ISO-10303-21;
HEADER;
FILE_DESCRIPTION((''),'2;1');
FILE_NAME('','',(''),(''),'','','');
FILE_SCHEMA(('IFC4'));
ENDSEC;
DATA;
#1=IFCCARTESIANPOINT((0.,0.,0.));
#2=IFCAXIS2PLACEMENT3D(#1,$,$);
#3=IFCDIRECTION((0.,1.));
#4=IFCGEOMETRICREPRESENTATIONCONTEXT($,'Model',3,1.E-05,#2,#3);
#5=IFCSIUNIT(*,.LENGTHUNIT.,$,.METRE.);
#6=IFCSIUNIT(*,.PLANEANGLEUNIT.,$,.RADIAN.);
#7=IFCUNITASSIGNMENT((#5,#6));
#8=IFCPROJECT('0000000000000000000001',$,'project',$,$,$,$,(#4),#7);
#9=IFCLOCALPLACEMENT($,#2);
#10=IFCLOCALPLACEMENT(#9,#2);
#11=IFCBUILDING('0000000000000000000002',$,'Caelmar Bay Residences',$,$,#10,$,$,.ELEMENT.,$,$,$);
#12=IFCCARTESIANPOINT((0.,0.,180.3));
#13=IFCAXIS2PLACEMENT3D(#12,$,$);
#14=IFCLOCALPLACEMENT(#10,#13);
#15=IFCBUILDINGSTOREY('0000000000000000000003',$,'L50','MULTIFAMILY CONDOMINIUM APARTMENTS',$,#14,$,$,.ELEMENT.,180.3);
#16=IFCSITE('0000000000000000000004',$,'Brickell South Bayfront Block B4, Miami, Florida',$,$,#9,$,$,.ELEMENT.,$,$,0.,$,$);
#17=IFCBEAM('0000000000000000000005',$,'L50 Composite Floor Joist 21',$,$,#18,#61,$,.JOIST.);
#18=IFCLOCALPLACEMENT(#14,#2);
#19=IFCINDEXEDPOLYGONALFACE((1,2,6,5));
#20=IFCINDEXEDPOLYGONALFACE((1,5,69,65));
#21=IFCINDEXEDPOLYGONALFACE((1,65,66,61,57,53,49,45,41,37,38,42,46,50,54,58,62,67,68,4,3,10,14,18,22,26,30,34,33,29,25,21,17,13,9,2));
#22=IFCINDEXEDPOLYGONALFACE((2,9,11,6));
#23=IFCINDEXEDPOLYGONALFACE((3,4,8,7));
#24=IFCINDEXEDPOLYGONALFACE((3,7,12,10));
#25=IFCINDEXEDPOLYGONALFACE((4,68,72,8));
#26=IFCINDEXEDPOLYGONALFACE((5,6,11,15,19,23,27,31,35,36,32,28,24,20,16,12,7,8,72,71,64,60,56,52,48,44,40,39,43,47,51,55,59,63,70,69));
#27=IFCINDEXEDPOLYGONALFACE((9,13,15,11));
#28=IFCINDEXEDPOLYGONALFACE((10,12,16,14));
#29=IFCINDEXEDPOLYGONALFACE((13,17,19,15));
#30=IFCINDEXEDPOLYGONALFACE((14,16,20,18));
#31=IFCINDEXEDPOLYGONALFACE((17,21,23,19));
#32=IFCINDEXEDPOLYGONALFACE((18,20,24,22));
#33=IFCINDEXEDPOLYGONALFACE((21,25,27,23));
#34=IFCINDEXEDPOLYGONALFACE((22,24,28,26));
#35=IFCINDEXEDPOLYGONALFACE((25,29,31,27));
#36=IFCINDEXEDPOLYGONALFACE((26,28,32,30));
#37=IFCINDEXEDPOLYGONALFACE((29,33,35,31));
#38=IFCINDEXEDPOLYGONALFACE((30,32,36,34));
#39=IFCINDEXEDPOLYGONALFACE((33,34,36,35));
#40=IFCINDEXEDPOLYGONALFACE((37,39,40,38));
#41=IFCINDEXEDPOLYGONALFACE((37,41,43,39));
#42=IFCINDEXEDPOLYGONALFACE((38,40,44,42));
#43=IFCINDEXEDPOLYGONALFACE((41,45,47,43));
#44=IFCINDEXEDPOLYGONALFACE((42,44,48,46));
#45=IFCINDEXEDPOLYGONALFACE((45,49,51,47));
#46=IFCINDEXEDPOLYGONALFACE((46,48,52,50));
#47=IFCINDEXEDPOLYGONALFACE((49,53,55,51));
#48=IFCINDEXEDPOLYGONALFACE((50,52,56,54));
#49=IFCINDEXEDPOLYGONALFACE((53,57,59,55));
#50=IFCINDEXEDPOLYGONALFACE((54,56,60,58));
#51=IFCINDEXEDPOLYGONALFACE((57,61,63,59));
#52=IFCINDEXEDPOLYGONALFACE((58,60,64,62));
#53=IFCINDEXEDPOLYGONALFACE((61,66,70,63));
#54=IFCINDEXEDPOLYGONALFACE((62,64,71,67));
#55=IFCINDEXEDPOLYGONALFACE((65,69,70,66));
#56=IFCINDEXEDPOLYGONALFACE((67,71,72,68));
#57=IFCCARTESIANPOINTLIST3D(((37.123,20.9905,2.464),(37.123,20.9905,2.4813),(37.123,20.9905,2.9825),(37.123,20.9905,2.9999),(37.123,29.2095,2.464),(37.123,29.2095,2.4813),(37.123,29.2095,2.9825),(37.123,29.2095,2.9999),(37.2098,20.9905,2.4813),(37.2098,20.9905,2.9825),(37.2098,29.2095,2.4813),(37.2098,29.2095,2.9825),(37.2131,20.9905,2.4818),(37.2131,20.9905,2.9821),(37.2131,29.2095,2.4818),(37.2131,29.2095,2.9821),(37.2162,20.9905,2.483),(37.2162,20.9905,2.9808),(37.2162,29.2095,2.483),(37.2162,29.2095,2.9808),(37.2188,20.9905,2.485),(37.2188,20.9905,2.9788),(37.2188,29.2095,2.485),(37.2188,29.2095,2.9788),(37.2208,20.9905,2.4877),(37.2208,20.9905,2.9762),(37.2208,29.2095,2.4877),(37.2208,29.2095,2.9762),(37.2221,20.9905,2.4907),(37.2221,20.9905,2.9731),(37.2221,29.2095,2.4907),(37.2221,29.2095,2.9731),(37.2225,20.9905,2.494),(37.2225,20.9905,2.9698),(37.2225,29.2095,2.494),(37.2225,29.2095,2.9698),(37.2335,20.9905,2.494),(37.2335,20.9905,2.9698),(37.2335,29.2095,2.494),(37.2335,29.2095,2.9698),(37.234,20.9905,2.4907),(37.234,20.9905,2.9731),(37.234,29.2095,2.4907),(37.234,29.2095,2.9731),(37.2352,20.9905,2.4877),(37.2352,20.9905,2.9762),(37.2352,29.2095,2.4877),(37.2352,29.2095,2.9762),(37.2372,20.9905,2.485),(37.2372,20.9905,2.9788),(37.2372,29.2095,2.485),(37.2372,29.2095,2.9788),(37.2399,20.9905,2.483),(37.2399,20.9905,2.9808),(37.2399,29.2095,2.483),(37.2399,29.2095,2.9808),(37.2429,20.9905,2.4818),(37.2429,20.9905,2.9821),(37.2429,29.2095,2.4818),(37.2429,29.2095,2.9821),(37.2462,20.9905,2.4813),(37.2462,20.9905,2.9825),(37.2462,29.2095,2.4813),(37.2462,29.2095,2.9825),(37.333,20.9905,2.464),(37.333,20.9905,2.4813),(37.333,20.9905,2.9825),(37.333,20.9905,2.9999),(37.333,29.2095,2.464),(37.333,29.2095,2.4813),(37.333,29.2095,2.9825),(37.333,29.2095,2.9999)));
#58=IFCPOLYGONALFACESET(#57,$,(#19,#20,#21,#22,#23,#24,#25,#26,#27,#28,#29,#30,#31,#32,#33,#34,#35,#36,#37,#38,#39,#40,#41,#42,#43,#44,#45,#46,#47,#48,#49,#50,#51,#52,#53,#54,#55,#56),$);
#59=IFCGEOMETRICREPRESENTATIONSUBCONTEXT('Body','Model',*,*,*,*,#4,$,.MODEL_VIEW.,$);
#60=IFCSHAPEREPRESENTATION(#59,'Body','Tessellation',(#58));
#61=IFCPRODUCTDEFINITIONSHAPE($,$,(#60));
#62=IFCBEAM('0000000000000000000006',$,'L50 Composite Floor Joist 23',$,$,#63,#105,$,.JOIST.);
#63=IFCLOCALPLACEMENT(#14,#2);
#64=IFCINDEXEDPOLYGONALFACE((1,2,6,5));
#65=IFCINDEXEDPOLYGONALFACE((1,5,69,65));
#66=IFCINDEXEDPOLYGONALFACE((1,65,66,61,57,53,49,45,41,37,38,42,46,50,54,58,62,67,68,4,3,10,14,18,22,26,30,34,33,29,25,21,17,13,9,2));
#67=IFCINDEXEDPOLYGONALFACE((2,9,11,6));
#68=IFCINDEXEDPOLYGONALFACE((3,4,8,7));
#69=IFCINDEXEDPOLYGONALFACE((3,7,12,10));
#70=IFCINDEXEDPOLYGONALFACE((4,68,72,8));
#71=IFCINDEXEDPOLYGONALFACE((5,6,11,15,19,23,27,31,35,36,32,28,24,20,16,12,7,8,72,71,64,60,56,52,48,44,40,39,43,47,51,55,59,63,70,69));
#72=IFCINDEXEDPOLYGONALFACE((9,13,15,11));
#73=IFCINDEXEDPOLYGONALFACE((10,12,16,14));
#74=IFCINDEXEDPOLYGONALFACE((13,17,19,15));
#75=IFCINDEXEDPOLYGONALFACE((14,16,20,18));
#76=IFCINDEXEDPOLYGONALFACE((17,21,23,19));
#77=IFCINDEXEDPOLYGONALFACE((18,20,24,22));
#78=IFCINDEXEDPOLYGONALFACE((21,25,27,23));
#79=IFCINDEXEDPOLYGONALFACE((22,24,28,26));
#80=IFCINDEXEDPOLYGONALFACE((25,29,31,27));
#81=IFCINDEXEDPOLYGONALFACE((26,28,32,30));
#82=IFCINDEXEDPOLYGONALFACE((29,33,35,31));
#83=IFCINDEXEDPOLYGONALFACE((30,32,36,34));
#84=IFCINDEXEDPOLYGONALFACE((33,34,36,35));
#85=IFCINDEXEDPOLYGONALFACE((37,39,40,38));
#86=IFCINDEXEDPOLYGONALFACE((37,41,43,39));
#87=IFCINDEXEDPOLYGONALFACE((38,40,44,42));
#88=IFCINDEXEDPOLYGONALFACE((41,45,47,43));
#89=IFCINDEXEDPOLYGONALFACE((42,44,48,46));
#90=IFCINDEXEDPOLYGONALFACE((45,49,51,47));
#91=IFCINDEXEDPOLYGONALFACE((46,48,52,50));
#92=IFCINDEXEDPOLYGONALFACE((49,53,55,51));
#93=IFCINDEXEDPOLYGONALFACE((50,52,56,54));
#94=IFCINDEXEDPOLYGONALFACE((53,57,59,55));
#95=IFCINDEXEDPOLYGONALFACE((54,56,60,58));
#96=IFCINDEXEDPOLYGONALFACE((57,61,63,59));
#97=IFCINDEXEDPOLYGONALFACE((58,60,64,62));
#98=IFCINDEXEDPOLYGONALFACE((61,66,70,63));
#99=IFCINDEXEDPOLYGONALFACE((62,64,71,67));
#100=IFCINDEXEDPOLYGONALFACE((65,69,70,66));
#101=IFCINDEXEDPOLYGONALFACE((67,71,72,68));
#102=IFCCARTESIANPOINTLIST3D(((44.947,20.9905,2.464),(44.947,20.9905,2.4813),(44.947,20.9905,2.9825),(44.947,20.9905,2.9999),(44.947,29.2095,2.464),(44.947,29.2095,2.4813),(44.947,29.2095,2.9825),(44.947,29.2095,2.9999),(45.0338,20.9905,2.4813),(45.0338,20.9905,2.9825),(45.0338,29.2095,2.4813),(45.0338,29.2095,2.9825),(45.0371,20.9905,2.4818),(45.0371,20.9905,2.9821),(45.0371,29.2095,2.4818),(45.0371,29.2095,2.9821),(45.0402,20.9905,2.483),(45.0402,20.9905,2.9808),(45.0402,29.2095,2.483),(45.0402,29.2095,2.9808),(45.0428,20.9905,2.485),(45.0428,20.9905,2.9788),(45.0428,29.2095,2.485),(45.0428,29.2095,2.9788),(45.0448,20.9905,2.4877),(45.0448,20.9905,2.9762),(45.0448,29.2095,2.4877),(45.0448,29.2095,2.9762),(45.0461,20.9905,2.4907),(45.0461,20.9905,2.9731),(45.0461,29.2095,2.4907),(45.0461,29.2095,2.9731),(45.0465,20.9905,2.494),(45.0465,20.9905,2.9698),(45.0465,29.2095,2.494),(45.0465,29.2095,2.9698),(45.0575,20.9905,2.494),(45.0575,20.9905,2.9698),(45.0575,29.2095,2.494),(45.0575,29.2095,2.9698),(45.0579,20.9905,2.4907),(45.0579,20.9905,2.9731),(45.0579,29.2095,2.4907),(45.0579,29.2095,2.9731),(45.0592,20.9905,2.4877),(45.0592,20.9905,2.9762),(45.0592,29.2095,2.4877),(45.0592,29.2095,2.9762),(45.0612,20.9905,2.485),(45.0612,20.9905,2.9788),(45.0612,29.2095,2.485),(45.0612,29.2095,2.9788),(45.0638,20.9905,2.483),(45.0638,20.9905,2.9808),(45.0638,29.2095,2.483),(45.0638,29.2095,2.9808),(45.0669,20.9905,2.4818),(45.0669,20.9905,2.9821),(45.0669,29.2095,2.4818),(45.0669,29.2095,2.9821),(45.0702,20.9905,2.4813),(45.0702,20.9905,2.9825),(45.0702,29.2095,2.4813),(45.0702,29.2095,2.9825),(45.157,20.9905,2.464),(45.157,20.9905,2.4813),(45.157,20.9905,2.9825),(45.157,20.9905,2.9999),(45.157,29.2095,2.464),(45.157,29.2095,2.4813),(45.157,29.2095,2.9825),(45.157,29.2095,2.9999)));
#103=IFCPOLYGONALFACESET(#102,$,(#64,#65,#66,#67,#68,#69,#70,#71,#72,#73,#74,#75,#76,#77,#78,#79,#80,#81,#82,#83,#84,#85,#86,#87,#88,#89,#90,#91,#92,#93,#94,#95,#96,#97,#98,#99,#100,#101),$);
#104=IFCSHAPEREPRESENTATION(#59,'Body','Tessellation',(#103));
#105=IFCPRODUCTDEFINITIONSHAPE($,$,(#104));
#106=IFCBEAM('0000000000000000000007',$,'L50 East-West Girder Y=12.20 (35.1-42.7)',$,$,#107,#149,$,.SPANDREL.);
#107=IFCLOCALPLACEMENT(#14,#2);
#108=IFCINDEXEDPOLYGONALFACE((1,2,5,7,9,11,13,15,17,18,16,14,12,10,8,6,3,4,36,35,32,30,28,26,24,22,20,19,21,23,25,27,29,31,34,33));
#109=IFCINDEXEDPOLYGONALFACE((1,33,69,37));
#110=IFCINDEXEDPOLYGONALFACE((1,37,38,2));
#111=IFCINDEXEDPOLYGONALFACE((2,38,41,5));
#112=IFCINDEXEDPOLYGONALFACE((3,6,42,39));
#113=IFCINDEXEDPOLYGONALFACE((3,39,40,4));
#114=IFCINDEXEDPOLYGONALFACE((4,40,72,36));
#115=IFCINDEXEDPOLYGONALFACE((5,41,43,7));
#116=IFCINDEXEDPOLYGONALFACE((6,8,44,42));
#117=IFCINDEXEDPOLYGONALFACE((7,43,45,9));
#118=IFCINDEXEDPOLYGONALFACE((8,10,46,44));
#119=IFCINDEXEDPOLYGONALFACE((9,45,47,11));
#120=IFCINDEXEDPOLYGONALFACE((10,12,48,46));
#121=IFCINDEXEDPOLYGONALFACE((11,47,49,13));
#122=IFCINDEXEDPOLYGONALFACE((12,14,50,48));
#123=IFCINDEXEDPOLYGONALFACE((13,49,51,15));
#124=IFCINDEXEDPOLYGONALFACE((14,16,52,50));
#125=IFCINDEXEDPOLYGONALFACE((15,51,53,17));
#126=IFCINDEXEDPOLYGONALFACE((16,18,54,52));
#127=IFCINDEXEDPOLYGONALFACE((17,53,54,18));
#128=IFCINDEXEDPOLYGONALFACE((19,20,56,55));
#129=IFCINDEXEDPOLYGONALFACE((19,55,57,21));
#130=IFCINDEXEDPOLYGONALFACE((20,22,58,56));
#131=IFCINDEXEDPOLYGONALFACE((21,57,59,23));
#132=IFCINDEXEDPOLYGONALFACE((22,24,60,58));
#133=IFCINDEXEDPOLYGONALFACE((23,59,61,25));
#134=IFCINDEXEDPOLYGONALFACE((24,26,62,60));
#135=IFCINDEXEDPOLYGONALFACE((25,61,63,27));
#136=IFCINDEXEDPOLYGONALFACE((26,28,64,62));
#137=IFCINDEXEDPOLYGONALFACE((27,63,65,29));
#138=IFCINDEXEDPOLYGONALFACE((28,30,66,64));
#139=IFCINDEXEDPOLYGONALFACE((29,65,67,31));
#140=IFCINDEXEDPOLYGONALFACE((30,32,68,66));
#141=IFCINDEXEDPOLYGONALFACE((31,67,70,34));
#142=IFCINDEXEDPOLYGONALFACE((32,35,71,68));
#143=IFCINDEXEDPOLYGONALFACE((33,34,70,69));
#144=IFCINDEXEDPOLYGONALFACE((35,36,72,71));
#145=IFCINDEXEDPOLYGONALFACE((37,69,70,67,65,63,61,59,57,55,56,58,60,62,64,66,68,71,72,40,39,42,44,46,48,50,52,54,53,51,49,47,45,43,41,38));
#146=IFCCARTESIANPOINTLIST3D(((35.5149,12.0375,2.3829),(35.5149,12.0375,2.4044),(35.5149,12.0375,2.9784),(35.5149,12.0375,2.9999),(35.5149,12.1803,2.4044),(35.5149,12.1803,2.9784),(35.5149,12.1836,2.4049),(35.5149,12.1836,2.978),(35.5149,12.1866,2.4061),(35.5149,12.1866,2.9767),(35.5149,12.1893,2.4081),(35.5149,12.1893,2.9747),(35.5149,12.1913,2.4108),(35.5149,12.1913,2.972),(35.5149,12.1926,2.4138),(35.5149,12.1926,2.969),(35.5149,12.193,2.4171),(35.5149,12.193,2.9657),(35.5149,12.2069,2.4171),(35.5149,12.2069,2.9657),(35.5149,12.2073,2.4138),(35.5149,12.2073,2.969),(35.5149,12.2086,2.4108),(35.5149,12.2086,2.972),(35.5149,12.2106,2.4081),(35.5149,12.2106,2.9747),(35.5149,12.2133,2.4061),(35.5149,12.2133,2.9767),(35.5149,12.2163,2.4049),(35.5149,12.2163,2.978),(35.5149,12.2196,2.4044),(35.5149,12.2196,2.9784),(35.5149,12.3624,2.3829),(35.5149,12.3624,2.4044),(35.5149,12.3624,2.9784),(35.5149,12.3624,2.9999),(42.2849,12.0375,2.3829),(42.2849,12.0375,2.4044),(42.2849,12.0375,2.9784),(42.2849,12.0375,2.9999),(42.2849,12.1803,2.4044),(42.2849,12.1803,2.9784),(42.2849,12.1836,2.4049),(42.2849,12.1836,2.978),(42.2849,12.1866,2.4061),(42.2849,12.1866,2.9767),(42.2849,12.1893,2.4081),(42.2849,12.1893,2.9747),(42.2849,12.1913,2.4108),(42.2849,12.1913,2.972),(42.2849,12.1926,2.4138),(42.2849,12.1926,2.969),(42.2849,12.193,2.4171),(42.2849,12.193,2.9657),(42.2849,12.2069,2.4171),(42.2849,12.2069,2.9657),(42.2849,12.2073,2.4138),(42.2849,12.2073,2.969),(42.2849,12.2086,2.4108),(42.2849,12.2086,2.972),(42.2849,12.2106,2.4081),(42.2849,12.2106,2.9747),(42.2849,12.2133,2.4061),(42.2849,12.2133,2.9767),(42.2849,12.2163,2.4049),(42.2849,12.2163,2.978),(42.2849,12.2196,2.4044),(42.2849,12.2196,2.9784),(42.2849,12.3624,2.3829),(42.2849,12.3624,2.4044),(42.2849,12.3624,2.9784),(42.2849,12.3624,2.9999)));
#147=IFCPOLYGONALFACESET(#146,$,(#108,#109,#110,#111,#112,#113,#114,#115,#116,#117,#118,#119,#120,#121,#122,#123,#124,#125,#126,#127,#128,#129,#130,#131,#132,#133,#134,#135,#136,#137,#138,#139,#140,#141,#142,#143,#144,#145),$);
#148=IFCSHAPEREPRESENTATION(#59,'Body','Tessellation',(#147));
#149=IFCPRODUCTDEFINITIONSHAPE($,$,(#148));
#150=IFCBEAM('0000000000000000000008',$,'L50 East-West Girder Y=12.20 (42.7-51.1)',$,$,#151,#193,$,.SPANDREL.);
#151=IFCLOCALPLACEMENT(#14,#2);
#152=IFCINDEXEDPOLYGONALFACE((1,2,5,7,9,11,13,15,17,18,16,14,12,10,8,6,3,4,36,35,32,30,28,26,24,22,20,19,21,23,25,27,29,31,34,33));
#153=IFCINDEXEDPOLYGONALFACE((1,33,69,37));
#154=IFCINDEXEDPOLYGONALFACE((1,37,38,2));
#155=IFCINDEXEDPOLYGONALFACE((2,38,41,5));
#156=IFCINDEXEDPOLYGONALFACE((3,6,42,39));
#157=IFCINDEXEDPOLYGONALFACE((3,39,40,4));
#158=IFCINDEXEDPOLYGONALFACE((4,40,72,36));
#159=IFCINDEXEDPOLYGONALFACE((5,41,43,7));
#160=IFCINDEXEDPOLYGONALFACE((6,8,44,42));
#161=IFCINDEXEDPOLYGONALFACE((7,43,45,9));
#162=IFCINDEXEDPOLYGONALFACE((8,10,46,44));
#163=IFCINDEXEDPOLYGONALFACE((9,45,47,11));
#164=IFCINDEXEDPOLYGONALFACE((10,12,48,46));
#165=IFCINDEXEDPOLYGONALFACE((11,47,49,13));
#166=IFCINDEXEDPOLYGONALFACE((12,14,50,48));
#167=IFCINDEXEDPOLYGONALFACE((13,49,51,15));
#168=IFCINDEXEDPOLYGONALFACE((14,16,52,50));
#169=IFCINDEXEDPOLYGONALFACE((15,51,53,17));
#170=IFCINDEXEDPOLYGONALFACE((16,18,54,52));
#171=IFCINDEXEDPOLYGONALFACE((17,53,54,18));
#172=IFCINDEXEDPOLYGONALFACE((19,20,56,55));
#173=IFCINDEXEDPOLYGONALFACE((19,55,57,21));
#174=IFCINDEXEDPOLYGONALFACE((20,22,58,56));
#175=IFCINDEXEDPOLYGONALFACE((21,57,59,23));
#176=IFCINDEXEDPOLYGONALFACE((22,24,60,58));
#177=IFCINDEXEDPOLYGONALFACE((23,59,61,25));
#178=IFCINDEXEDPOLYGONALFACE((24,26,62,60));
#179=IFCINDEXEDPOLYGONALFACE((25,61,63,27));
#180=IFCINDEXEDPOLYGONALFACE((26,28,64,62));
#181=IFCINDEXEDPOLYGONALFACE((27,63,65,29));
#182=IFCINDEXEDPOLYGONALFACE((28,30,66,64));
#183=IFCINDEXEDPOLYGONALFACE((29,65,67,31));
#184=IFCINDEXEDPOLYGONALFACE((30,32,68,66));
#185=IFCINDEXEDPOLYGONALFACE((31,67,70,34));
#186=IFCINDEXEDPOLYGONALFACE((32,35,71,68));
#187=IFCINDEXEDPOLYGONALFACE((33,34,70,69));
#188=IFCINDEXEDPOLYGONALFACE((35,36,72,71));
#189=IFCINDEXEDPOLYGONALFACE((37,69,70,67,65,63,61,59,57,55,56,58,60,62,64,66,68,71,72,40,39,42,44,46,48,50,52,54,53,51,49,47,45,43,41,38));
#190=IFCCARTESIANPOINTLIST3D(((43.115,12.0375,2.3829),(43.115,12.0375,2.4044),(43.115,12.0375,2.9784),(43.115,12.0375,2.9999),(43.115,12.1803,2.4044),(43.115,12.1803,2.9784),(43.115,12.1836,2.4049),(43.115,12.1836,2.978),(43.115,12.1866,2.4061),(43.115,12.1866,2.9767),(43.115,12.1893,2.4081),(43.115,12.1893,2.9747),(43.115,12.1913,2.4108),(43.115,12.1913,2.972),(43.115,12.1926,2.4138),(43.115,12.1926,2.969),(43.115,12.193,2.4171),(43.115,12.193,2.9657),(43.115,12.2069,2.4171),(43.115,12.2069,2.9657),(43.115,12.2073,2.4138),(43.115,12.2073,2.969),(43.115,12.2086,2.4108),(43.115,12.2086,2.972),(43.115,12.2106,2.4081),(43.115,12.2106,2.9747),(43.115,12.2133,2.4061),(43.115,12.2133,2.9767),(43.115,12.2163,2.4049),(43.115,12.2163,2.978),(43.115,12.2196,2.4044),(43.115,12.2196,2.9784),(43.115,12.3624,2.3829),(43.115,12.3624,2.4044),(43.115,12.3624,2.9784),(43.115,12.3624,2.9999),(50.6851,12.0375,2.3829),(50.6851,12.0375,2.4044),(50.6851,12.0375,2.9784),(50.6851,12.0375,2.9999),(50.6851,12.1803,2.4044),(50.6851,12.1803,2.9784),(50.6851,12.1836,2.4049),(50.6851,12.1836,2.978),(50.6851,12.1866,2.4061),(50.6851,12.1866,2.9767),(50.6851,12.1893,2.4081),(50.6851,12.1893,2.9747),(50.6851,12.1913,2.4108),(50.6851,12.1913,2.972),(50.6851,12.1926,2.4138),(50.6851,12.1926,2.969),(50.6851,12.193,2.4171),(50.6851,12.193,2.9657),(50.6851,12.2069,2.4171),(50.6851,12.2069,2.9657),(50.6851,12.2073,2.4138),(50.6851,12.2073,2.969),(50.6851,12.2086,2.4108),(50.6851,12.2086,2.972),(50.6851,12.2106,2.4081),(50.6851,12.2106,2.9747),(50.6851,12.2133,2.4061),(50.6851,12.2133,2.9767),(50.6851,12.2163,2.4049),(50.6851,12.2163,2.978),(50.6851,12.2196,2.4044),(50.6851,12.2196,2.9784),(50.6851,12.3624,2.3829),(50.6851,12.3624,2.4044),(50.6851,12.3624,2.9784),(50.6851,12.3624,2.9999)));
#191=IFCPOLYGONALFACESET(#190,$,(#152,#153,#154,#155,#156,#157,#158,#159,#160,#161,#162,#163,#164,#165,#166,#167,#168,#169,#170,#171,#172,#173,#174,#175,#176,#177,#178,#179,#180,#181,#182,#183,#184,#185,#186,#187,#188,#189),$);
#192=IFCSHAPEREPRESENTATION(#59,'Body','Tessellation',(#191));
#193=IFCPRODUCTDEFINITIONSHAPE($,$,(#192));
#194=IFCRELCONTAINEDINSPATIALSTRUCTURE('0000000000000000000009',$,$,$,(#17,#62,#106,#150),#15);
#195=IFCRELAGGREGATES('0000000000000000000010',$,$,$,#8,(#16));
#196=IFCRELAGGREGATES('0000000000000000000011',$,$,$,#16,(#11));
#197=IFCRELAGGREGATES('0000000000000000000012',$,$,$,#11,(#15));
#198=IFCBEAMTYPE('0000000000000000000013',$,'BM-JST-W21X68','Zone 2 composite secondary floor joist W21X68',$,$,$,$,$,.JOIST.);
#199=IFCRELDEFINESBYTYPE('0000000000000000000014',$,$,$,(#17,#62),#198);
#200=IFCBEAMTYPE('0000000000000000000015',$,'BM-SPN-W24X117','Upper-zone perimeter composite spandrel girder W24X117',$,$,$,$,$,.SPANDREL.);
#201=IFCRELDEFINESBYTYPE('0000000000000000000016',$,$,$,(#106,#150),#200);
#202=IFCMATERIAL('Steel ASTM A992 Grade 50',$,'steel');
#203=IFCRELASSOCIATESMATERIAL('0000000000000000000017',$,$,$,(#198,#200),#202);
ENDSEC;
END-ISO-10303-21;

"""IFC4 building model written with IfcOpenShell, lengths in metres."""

from ifc_helpers import new_model, si_unit, direction, frame, origin, origin_2d, place, context, subcontext, project, spatial, i_section, extrude, material, material_profile, profile_set, type_object, element, save


model = new_model("IFC4")

# Units and contexts
model_context = context("Model", 3, precision=1e-05, world=origin(), true_north=direction((0.0, 1.0)))
body_context = subcontext(model_context, "Body", "Model", "MODEL_VIEW")
ifc_project = project(units=[si_unit("LENGTHUNIT", "METRE"), si_unit("PLANEANGLEUNIT", "RADIAN")], contexts=[model_context])

# Site, building, storey
site_placement = place(None, origin())
site = spatial("IfcSite", under=ifc_project, at=site_placement, Name="Brickell South Bayfront Block B4, Miami, Florida", CompositionType="ELEMENT", RefElevation=0.0)
building_placement = place(site_placement, origin())
building = spatial("IfcBuilding", under=site, at=building_placement, Name="Caelmar Bay Residences", CompositionType="ELEMENT")
storey_placement = place(building_placement, frame((0.0, 0.0, 180.3)))
storey = spatial("IfcBuildingStorey", under=building, at=storey_placement, Name="L50", Description="MULTIFAMILY CONDOMINIUM APARTMENTS", CompositionType="ELEMENT", Elevation=180.3)

# Beams
ifc_material_1 = material(Name="Steel ASTM A992 Grade 50", Category="steel")
ifc_material_profile_1 = material_profile(ifc_material_1, i_section(OverallWidth=0.21, OverallDepth=0.5359, WebThickness=0.011, FlangeThickness=0.0173, FilletRadius=0.0127, at=origin_2d()), Name="W21X68")
ifc_profile_set_1 = profile_set([ifc_material_profile_1], Name="Steel ASTM A992 Grade 50")
beam_type_1 = type_object("IfcBeamType", Name="BM-JST-W21X68", Description="Zone 2 composite secondary floor joist W21X68", PredefinedType="JOIST", material=ifc_profile_set_1)
for number, where, z_axis, x_axis, name in (
    (1, (37.228, 20.9905, 2.7319), (0.0, 1.0, 0.0), (-1.0, 0.0, 0.0), "L50 Composite Floor Joist 21"),
    (2, (45.052, 20.9905, 2.7319), (0.0, 1.0, 0.0), (-1.0, 0.0, 0.0), "L50 Composite Floor Joist 23"),
):
    element("IfcBeam", number, at=place(storey_placement, frame(where, z_axis=z_axis, x_axis=x_axis)), inside=storey, type_object=beam_type_1, Name=name, PredefinedType="JOIST", context=body_context, shape_type="SweptSolid", body=[
        extrude(i_section(OverallWidth=0.21, OverallDepth=0.5359, WebThickness=0.011, FlangeThickness=0.0173, FilletRadius=0.0127, at=origin_2d()), origin(), (0.0, 0.0, 1.0), 8.219),
    ])
ifc_material_profile_2 = material_profile(ifc_material_1, i_section(OverallWidth=0.325, OverallDepth=0.6169, WebThickness=0.0139, FlangeThickness=0.0215, FilletRadius=0.0127, at=origin_2d()), Name="W24X117")
ifc_profile_set_2 = profile_set([ifc_material_profile_2], Name="Steel ASTM A992 Grade 50")
beam_type_2 = type_object("IfcBeamType", Name="BM-SPN-W24X117", Description="Upper-zone perimeter composite spandrel girder W24X117", PredefinedType="SPANDREL", material=ifc_profile_set_2)
beam_1_placement = place(storey_placement, frame((35.5149, 12.2, 2.6914), z_axis=(1.0, 0.0, 0.0), x_axis=(0.0, 1.0, 0.0)))
element("IfcBeam", 3, at=beam_1_placement, inside=storey, type_object=beam_type_2, Name="L50 East-West Girder Y=12.20 (35.1-42.7)", PredefinedType="SPANDREL", context=body_context, shape_type="SweptSolid", body=[
    extrude(i_section(OverallWidth=0.325, OverallDepth=0.6169, WebThickness=0.0139, FlangeThickness=0.0215, FilletRadius=0.0127, at=origin_2d()), origin(), (0.0, 0.0, 1.0), 6.77),
])
beam_2_placement = place(storey_placement, frame((43.115, 12.2, 2.6914), z_axis=(1.0, 0.0, 0.0), x_axis=(0.0, 1.0, 0.0)))
element("IfcBeam", 4, at=beam_2_placement, inside=storey, type_object=beam_type_2, Name="L50 East-West Girder Y=12.20 (42.7-51.1)", PredefinedType="SPANDREL", context=body_context, shape_type="SweptSolid", body=[
    extrude(i_section(OverallWidth=0.325, OverallDepth=0.6169, WebThickness=0.0139, FlangeThickness=0.0215, FilletRadius=0.0127, at=origin_2d()), origin(), (0.0, 0.0, 1.0), 7.5701),
])

save(model, "model.ifc")
